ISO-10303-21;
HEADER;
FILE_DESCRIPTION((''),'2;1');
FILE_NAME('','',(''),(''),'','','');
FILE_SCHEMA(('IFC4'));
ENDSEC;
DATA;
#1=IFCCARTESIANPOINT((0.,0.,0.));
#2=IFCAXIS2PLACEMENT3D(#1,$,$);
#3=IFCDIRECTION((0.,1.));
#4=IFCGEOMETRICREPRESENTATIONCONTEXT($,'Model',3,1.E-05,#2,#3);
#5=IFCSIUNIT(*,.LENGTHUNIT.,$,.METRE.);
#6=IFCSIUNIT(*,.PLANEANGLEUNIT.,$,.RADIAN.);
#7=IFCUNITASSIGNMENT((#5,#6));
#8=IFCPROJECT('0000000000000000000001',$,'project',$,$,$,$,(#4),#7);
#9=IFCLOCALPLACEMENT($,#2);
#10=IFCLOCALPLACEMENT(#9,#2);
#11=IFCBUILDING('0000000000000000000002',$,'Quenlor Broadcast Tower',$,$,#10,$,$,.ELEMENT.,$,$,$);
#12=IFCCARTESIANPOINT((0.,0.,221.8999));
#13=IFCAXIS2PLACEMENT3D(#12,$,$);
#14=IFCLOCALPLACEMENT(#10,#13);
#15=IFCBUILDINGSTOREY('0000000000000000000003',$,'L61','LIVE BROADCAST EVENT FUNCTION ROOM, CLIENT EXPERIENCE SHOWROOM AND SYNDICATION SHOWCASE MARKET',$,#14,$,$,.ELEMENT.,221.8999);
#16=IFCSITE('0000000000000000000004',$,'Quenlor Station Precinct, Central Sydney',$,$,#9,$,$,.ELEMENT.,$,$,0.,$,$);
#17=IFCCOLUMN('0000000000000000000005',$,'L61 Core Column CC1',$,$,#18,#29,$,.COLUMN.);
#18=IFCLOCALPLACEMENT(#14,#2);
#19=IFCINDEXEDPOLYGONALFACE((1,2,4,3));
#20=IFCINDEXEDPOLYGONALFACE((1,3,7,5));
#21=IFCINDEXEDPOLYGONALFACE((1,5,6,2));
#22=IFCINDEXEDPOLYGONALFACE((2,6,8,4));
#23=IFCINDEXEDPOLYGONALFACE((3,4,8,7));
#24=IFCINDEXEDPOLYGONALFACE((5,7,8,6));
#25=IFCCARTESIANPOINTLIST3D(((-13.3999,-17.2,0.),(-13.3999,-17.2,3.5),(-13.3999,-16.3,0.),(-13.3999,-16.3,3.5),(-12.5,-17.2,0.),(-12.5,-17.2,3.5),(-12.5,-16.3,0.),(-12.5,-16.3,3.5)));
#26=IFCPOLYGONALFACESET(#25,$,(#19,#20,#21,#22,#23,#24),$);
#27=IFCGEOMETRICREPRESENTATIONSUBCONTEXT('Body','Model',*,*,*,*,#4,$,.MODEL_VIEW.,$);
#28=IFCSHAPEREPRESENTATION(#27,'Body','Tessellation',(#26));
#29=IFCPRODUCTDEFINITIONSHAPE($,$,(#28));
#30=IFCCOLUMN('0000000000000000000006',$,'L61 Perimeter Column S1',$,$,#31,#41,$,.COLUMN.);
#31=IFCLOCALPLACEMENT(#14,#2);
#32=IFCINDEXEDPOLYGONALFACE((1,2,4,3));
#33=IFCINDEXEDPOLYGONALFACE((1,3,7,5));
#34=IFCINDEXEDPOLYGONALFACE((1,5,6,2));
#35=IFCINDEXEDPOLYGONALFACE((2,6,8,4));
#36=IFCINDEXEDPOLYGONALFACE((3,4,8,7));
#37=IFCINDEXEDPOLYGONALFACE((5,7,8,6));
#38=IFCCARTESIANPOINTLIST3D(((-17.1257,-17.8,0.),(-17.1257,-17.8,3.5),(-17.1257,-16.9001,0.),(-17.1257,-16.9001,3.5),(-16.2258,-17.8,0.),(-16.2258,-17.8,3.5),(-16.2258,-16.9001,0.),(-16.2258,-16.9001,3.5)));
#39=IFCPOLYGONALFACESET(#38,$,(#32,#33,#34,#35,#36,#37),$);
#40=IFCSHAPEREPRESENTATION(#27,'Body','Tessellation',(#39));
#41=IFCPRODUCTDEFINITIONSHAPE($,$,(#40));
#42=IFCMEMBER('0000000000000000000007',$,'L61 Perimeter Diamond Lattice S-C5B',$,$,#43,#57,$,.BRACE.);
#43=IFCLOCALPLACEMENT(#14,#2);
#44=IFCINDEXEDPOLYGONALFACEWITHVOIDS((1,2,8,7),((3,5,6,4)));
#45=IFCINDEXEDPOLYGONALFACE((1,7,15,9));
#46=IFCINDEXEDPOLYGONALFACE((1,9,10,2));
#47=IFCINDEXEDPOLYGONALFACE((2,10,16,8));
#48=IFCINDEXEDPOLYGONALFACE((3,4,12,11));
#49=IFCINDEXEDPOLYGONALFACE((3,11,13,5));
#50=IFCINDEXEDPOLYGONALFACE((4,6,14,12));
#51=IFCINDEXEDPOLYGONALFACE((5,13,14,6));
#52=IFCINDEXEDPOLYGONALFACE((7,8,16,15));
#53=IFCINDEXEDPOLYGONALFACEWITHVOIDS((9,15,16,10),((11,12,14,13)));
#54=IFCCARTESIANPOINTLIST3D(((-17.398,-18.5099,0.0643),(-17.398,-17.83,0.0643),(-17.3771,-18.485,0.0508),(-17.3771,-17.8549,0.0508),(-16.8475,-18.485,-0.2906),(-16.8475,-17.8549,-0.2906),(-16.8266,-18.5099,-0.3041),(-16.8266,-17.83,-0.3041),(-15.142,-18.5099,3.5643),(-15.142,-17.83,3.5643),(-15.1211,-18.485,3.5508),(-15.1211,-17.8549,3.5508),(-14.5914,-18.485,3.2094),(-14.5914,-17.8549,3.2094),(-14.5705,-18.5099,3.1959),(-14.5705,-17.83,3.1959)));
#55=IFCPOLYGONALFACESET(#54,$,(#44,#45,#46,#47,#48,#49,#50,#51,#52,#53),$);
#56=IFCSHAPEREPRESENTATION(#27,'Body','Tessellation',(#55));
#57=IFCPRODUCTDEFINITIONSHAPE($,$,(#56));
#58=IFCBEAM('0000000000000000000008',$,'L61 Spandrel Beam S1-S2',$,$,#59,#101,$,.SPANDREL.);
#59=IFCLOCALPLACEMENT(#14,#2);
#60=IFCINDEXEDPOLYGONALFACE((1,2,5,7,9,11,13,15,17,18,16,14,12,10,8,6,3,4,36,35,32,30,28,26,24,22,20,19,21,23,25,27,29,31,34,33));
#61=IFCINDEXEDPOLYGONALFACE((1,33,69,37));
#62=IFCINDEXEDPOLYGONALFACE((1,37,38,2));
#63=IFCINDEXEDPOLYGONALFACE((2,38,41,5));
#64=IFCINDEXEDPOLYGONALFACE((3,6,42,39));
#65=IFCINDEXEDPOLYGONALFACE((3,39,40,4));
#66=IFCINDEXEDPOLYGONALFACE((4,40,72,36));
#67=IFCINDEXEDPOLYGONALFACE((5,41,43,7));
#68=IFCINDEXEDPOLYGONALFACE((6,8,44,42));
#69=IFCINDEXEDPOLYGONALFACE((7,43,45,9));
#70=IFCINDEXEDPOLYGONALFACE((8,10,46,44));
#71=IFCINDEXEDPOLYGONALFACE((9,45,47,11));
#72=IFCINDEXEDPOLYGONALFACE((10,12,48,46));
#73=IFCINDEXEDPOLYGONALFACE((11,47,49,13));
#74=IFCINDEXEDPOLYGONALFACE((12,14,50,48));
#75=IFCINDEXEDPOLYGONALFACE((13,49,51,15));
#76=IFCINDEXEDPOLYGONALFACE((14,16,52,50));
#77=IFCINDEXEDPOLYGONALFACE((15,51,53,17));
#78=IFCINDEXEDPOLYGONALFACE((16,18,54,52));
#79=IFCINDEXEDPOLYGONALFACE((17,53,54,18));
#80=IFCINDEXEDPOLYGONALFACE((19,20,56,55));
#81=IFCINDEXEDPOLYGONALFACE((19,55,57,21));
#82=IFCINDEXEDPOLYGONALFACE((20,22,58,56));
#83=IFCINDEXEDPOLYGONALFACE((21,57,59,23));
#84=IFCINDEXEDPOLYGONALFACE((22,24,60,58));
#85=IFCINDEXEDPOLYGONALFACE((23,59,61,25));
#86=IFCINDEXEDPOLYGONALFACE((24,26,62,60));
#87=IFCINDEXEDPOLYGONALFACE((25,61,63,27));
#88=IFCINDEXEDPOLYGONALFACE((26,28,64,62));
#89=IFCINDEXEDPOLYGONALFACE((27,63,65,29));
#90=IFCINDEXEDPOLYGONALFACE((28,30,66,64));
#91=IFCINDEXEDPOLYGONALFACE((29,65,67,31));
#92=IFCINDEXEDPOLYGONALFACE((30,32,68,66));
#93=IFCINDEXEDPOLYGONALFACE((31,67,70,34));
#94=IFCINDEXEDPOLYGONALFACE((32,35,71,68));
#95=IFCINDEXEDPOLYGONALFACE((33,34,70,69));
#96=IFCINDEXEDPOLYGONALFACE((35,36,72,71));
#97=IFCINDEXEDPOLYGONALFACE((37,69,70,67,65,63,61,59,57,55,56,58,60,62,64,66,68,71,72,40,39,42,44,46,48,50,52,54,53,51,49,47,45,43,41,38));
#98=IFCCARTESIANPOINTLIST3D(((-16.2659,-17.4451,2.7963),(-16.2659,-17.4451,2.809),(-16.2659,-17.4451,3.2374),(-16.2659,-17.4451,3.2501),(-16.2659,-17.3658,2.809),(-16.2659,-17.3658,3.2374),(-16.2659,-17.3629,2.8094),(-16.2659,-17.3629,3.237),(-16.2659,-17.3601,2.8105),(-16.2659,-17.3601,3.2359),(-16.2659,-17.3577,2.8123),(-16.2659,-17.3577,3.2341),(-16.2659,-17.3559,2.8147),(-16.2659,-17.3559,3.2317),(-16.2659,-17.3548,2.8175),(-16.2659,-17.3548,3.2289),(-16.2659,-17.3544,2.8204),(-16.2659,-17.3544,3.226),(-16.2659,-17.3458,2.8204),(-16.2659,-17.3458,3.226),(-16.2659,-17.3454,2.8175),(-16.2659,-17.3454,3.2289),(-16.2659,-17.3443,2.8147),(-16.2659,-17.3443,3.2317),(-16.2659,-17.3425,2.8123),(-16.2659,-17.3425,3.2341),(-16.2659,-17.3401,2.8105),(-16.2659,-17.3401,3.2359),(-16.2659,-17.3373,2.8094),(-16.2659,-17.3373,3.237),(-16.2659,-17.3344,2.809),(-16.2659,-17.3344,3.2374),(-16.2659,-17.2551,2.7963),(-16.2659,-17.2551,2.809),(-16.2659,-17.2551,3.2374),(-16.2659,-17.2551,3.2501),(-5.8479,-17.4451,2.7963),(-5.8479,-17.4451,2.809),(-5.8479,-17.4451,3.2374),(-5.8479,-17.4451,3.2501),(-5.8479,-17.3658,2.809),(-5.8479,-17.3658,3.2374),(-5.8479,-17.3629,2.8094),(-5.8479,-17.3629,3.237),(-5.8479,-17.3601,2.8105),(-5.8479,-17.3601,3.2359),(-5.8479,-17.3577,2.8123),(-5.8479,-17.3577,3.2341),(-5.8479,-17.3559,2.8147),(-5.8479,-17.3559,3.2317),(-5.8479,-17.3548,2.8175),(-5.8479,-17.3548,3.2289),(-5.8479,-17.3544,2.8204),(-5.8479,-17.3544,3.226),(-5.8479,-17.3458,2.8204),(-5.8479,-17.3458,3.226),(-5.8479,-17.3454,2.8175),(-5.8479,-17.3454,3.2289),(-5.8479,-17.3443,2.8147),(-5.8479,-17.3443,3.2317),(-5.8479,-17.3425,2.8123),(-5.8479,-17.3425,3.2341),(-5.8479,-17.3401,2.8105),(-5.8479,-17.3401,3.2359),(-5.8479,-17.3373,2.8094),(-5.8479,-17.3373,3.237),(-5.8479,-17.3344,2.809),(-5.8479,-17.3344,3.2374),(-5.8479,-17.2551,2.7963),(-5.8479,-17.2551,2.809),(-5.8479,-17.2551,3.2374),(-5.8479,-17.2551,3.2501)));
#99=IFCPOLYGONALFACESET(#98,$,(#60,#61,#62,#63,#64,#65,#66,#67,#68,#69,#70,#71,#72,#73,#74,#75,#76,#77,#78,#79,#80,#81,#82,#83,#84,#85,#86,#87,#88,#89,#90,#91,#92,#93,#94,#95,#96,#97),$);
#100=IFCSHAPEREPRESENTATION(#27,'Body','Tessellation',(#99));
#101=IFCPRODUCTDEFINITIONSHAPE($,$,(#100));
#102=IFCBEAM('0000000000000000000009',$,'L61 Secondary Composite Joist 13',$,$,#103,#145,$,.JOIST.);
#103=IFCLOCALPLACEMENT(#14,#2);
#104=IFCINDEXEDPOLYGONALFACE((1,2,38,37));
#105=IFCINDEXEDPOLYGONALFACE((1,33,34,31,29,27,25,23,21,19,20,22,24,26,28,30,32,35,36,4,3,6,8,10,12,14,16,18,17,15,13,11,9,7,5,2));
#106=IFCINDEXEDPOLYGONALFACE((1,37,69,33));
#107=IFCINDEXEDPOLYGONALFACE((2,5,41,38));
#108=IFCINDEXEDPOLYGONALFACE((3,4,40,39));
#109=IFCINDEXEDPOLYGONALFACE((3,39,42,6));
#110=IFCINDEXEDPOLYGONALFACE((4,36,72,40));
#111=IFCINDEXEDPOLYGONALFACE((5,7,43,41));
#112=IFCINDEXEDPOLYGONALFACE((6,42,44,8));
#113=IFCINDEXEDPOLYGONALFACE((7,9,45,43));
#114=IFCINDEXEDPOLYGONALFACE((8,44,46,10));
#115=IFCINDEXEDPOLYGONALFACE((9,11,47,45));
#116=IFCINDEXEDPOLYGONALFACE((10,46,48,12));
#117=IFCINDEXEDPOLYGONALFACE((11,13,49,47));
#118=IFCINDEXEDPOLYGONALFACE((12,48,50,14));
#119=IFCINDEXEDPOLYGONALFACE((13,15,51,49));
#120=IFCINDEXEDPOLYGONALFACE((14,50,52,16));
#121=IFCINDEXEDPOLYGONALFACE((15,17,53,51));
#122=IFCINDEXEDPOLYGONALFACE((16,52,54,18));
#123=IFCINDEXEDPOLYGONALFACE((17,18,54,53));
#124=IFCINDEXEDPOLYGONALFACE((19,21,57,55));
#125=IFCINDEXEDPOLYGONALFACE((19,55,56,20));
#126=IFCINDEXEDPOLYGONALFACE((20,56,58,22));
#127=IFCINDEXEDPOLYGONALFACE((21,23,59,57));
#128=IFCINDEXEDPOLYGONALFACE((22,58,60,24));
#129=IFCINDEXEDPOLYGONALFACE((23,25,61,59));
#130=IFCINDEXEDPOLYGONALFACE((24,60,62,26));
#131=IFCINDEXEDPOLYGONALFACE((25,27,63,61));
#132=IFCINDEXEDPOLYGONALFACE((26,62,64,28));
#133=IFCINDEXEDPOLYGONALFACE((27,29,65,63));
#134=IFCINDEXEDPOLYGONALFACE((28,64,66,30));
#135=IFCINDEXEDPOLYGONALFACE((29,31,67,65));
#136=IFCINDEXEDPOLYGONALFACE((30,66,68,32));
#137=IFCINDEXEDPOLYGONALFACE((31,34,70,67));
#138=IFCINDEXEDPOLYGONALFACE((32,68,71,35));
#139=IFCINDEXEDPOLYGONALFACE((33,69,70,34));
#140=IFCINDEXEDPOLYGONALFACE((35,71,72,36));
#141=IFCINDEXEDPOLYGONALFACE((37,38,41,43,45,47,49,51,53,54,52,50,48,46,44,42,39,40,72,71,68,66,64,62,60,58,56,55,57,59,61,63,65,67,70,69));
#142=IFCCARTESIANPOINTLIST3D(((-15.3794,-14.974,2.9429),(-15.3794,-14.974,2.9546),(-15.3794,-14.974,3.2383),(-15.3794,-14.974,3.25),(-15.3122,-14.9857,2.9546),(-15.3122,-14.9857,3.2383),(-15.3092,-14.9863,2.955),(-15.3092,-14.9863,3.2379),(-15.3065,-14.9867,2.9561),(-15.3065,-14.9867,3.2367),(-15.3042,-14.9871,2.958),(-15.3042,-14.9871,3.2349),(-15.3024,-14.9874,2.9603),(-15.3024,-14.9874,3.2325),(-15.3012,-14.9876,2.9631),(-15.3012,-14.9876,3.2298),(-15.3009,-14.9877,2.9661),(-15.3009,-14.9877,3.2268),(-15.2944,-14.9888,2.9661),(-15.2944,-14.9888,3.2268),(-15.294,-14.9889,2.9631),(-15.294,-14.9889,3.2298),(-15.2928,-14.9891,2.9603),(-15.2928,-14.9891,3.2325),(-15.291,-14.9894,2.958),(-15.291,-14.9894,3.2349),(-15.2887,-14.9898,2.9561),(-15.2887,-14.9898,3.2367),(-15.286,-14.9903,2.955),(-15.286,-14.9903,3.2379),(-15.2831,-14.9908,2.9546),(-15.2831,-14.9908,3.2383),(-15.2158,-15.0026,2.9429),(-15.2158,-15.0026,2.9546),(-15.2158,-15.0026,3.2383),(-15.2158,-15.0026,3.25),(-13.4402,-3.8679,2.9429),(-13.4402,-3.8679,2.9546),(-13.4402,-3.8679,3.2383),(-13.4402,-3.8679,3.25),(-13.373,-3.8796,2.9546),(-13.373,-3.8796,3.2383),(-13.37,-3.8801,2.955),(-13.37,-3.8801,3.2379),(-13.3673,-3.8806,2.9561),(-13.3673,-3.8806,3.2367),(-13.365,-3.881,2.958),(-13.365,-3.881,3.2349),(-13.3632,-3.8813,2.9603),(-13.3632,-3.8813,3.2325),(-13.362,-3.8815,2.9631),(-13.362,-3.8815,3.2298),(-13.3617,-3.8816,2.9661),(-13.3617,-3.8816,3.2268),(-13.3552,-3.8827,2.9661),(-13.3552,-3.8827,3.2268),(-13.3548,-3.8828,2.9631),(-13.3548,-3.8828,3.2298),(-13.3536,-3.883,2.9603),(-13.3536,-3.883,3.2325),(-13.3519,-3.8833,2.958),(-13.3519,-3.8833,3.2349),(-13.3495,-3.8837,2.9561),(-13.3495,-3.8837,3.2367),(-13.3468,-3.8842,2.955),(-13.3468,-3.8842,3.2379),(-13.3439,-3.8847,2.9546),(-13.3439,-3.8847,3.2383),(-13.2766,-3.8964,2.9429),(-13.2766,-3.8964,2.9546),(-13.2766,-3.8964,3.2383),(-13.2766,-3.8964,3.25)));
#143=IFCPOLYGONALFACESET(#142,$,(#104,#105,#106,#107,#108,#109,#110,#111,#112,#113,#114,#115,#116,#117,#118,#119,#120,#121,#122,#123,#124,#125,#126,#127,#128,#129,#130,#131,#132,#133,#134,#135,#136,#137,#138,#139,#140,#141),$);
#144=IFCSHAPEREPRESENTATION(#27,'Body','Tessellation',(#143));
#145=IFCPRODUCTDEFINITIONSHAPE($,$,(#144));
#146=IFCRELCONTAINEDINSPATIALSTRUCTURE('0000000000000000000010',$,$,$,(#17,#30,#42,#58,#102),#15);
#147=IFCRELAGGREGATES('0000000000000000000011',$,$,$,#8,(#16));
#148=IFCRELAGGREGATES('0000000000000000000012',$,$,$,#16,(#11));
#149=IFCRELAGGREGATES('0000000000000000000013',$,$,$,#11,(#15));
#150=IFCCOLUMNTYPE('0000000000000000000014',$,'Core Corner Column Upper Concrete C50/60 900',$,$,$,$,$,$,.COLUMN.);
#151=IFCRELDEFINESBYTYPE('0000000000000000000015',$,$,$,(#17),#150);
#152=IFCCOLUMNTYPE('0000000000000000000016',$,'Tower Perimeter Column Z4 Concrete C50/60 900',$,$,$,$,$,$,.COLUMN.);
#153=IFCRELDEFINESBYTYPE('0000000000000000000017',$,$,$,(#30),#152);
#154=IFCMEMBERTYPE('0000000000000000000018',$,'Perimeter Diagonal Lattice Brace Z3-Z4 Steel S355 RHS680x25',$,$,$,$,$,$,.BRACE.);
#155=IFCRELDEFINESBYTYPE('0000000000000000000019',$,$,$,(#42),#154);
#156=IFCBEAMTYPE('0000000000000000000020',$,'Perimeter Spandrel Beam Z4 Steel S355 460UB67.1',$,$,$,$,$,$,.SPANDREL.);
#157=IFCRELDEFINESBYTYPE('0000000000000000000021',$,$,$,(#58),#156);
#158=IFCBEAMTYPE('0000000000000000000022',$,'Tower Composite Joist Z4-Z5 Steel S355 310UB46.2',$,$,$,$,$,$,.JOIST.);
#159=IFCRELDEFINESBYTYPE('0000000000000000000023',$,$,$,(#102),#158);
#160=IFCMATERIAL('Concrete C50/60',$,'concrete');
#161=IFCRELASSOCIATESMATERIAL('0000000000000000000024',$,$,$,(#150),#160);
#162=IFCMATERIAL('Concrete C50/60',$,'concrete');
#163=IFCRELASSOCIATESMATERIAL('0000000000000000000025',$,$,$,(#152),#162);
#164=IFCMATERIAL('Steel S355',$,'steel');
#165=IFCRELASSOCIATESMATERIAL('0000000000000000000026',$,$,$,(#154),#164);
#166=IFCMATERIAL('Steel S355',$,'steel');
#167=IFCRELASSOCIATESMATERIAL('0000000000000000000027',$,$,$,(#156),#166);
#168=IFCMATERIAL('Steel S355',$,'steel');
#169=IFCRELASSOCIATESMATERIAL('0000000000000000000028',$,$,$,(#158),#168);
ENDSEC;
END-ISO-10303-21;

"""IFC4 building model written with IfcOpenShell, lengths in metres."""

from ifc_helpers import new_model, si_unit, direction, frame, origin, origin_2d, place, context, subcontext, project, spatial, rectangle, hollow_rectangle, i_section, extrude, material, material_profile, profile_set, type_object, element, save


model = new_model("IFC4")

# Units and contexts
model_context = context("Model", 3, precision=1e-05, world=origin(), true_north=direction((0.0, 1.0)))
body_context = subcontext(model_context, "Body", "Model", "MODEL_VIEW")
ifc_project = project(units=[si_unit("LENGTHUNIT", "METRE"), si_unit("PLANEANGLEUNIT", "RADIAN")], contexts=[model_context])

# Site, building, storey
site_placement = place(None, origin())
site = spatial("IfcSite", under=ifc_project, at=site_placement, Name="Quenlor Station Precinct, Central Sydney", CompositionType="ELEMENT", RefElevation=0.0)
building_placement = place(site_placement, origin())
building = spatial("IfcBuilding", under=site, at=building_placement, Name="Quenlor Broadcast Tower", CompositionType="ELEMENT")
storey_placement = place(building_placement, frame((0.0, 0.0, 221.8999)))
storey = spatial("IfcBuildingStorey", under=building, at=storey_placement, Name="L61", Description="LIVE BROADCAST EVENT FUNCTION ROOM, CLIENT EXPERIENCE SHOWROOM AND SYNDICATION SHOWCASE MARKET", CompositionType="ELEMENT", Elevation=221.8999)

# Columns
ifc_material_1 = material(Name="Concrete C50/60", Category="concrete")
ifc_material_profile_1 = material_profile(ifc_material_1, rectangle(XDim=0.8999, YDim=0.8999, at=origin_2d()))
ifc_profile_set_1 = profile_set([ifc_material_profile_1], Name="Concrete C50/60 RC900x900")
column_type_1 = type_object("IfcColumnType", Name="Core Corner Column Upper Concrete C50/60 900", PredefinedType="COLUMN", material=ifc_profile_set_1)
column_1_placement = place(storey_placement, frame((-12.95, -16.75, 0.0), z_axis=(0.0, 0.0, 1.0), x_axis=(1.0, 0.0, 0.0)))
element("IfcColumn", 1, at=column_1_placement, inside=storey, type_object=column_type_1, Name="L61 Core Column CC1", PredefinedType="COLUMN", context=body_context, shape_type="SweptSolid", body=[
    extrude(rectangle(XDim=0.8999, YDim=0.8999, at=origin_2d()), origin(), (0.0, 0.0, 1.0), 3.5),
])
ifc_material_2 = material(Name="Concrete C50/60", Category="concrete")
ifc_material_profile_2 = material_profile(ifc_material_2, rectangle(XDim=0.8999, YDim=0.8999, at=origin_2d()))
ifc_profile_set_2 = profile_set([ifc_material_profile_2], Name="Concrete C50/60 RC900x900")
column_type_2 = type_object("IfcColumnType", Name="Tower Perimeter Column Z4 Concrete C50/60 900", PredefinedType="COLUMN", material=ifc_profile_set_2)
column_2_placement = place(storey_placement, frame((-16.6758, -17.3501, 0.0), z_axis=(0.0, 0.0, 1.0), x_axis=(0.0, 1.0, 0.0)))
element("IfcColumn", 2, at=column_2_placement, inside=storey, type_object=column_type_2, Name="L61 Perimeter Column S1", PredefinedType="COLUMN", context=body_context, shape_type="SweptSolid", body=[
    extrude(rectangle(XDim=0.8999, YDim=0.8999, at=origin_2d()), origin(), (0.0, 0.0, 1.0), 3.5),
])

# Member
ifc_material_3 = material(Name="Steel S355", Category="steel")
ifc_material_profile_3 = material_profile(ifc_material_3, hollow_rectangle(XDim=0.6799, YDim=0.6799, WallThickness=0.0249, at=origin_2d()))
ifc_profile_set_3 = profile_set([ifc_material_profile_3], Name="Steel S355 RHS680x680x25")
member_type = type_object("IfcMemberType", Name="Perimeter Diagonal Lattice Brace Z3-Z4 Steel S355 RHS680x25", PredefinedType="BRACE", material=ifc_profile_set_3)
member_placement = place(storey_placement, frame((-17.1123, -18.1699, -0.1199), z_axis=(0.541794, 0.0, 0.840511), x_axis=(0.0, 1.0, 0.0)))
element("IfcMember", 3, at=member_placement, inside=storey, type_object=member_type, Name="L61 Perimeter Diamond Lattice S-C5B", PredefinedType="BRACE", context=body_context, shape_type="SweptSolid", body=[
    extrude(hollow_rectangle(XDim=0.6799, YDim=0.6799, WallThickness=0.0249, at=origin_2d()), origin(), (0.0, 0.0, 1.0), 4.1641),
])

# Beams
ifc_material_4 = material(Name="Steel S355", Category="steel")
ifc_material_profile_4 = material_profile(ifc_material_4, i_section(OverallWidth=0.1899, OverallDepth=0.4539, WebThickness=0.0085, FlangeThickness=0.0127, FilletRadius=0.0115, at=origin_2d()))
ifc_profile_set_4 = profile_set([ifc_material_profile_4], Name="Steel S355 460UB67.1")
beam_type_1 = type_object("IfcBeamType", Name="Perimeter Spandrel Beam Z4 Steel S355 460UB67.1", PredefinedType="SPANDREL", material=ifc_profile_set_4)
beam_1_placement = place(storey_placement, frame((-16.2659, -17.3501, 3.0232), z_axis=(1.0, 0.0, 0.0), x_axis=(0.0, 1.0, 0.0)))
element("IfcBeam", 4, at=beam_1_placement, inside=storey, type_object=beam_type_1, Name="L61 Spandrel Beam S1-S2", PredefinedType="SPANDREL", context=body_context, shape_type="SweptSolid", body=[
    extrude(i_section(OverallWidth=0.1899, OverallDepth=0.4539, WebThickness=0.0085, FlangeThickness=0.0127, FilletRadius=0.0115, at=origin_2d()), origin(), (0.0, 0.0, 1.0), 10.418),
])
ifc_material_5 = material(Name="Steel S355", Category="steel")
ifc_material_profile_5 = material_profile(ifc_material_5, i_section(OverallWidth=0.166, OverallDepth=0.3071, WebThickness=0.0066, FlangeThickness=0.0117, FilletRadius=0.0115, at=origin_2d()))
ifc_profile_set_5 = profile_set([ifc_material_profile_5], Name="Steel S355 310UB46.2")
beam_type_2 = type_object("IfcBeamType", Name="Tower Composite Joist Z4-Z5 Steel S355 310UB46.2", PredefinedType="JOIST", material=ifc_profile_set_5)
beam_2_placement = place(storey_placement, frame((-15.2976, -14.9883, 3.0964), z_axis=(0.172004, 0.985096, 0.0), x_axis=(-0.985096, 0.172004, 0.0)))
element("IfcBeam", 5, at=beam_2_placement, inside=storey, type_object=beam_type_2, Name="L61 Secondary Composite Joist 13", PredefinedType="JOIST", context=body_context, shape_type="SweptSolid", body=[
    extrude(i_section(OverallWidth=0.166, OverallDepth=0.3071, WebThickness=0.0066, FlangeThickness=0.0117, FilletRadius=0.0115, at=origin_2d()), origin(), (0.0, 0.0, 1.0), 11.2742),
])

save(model, "model.ifc")
